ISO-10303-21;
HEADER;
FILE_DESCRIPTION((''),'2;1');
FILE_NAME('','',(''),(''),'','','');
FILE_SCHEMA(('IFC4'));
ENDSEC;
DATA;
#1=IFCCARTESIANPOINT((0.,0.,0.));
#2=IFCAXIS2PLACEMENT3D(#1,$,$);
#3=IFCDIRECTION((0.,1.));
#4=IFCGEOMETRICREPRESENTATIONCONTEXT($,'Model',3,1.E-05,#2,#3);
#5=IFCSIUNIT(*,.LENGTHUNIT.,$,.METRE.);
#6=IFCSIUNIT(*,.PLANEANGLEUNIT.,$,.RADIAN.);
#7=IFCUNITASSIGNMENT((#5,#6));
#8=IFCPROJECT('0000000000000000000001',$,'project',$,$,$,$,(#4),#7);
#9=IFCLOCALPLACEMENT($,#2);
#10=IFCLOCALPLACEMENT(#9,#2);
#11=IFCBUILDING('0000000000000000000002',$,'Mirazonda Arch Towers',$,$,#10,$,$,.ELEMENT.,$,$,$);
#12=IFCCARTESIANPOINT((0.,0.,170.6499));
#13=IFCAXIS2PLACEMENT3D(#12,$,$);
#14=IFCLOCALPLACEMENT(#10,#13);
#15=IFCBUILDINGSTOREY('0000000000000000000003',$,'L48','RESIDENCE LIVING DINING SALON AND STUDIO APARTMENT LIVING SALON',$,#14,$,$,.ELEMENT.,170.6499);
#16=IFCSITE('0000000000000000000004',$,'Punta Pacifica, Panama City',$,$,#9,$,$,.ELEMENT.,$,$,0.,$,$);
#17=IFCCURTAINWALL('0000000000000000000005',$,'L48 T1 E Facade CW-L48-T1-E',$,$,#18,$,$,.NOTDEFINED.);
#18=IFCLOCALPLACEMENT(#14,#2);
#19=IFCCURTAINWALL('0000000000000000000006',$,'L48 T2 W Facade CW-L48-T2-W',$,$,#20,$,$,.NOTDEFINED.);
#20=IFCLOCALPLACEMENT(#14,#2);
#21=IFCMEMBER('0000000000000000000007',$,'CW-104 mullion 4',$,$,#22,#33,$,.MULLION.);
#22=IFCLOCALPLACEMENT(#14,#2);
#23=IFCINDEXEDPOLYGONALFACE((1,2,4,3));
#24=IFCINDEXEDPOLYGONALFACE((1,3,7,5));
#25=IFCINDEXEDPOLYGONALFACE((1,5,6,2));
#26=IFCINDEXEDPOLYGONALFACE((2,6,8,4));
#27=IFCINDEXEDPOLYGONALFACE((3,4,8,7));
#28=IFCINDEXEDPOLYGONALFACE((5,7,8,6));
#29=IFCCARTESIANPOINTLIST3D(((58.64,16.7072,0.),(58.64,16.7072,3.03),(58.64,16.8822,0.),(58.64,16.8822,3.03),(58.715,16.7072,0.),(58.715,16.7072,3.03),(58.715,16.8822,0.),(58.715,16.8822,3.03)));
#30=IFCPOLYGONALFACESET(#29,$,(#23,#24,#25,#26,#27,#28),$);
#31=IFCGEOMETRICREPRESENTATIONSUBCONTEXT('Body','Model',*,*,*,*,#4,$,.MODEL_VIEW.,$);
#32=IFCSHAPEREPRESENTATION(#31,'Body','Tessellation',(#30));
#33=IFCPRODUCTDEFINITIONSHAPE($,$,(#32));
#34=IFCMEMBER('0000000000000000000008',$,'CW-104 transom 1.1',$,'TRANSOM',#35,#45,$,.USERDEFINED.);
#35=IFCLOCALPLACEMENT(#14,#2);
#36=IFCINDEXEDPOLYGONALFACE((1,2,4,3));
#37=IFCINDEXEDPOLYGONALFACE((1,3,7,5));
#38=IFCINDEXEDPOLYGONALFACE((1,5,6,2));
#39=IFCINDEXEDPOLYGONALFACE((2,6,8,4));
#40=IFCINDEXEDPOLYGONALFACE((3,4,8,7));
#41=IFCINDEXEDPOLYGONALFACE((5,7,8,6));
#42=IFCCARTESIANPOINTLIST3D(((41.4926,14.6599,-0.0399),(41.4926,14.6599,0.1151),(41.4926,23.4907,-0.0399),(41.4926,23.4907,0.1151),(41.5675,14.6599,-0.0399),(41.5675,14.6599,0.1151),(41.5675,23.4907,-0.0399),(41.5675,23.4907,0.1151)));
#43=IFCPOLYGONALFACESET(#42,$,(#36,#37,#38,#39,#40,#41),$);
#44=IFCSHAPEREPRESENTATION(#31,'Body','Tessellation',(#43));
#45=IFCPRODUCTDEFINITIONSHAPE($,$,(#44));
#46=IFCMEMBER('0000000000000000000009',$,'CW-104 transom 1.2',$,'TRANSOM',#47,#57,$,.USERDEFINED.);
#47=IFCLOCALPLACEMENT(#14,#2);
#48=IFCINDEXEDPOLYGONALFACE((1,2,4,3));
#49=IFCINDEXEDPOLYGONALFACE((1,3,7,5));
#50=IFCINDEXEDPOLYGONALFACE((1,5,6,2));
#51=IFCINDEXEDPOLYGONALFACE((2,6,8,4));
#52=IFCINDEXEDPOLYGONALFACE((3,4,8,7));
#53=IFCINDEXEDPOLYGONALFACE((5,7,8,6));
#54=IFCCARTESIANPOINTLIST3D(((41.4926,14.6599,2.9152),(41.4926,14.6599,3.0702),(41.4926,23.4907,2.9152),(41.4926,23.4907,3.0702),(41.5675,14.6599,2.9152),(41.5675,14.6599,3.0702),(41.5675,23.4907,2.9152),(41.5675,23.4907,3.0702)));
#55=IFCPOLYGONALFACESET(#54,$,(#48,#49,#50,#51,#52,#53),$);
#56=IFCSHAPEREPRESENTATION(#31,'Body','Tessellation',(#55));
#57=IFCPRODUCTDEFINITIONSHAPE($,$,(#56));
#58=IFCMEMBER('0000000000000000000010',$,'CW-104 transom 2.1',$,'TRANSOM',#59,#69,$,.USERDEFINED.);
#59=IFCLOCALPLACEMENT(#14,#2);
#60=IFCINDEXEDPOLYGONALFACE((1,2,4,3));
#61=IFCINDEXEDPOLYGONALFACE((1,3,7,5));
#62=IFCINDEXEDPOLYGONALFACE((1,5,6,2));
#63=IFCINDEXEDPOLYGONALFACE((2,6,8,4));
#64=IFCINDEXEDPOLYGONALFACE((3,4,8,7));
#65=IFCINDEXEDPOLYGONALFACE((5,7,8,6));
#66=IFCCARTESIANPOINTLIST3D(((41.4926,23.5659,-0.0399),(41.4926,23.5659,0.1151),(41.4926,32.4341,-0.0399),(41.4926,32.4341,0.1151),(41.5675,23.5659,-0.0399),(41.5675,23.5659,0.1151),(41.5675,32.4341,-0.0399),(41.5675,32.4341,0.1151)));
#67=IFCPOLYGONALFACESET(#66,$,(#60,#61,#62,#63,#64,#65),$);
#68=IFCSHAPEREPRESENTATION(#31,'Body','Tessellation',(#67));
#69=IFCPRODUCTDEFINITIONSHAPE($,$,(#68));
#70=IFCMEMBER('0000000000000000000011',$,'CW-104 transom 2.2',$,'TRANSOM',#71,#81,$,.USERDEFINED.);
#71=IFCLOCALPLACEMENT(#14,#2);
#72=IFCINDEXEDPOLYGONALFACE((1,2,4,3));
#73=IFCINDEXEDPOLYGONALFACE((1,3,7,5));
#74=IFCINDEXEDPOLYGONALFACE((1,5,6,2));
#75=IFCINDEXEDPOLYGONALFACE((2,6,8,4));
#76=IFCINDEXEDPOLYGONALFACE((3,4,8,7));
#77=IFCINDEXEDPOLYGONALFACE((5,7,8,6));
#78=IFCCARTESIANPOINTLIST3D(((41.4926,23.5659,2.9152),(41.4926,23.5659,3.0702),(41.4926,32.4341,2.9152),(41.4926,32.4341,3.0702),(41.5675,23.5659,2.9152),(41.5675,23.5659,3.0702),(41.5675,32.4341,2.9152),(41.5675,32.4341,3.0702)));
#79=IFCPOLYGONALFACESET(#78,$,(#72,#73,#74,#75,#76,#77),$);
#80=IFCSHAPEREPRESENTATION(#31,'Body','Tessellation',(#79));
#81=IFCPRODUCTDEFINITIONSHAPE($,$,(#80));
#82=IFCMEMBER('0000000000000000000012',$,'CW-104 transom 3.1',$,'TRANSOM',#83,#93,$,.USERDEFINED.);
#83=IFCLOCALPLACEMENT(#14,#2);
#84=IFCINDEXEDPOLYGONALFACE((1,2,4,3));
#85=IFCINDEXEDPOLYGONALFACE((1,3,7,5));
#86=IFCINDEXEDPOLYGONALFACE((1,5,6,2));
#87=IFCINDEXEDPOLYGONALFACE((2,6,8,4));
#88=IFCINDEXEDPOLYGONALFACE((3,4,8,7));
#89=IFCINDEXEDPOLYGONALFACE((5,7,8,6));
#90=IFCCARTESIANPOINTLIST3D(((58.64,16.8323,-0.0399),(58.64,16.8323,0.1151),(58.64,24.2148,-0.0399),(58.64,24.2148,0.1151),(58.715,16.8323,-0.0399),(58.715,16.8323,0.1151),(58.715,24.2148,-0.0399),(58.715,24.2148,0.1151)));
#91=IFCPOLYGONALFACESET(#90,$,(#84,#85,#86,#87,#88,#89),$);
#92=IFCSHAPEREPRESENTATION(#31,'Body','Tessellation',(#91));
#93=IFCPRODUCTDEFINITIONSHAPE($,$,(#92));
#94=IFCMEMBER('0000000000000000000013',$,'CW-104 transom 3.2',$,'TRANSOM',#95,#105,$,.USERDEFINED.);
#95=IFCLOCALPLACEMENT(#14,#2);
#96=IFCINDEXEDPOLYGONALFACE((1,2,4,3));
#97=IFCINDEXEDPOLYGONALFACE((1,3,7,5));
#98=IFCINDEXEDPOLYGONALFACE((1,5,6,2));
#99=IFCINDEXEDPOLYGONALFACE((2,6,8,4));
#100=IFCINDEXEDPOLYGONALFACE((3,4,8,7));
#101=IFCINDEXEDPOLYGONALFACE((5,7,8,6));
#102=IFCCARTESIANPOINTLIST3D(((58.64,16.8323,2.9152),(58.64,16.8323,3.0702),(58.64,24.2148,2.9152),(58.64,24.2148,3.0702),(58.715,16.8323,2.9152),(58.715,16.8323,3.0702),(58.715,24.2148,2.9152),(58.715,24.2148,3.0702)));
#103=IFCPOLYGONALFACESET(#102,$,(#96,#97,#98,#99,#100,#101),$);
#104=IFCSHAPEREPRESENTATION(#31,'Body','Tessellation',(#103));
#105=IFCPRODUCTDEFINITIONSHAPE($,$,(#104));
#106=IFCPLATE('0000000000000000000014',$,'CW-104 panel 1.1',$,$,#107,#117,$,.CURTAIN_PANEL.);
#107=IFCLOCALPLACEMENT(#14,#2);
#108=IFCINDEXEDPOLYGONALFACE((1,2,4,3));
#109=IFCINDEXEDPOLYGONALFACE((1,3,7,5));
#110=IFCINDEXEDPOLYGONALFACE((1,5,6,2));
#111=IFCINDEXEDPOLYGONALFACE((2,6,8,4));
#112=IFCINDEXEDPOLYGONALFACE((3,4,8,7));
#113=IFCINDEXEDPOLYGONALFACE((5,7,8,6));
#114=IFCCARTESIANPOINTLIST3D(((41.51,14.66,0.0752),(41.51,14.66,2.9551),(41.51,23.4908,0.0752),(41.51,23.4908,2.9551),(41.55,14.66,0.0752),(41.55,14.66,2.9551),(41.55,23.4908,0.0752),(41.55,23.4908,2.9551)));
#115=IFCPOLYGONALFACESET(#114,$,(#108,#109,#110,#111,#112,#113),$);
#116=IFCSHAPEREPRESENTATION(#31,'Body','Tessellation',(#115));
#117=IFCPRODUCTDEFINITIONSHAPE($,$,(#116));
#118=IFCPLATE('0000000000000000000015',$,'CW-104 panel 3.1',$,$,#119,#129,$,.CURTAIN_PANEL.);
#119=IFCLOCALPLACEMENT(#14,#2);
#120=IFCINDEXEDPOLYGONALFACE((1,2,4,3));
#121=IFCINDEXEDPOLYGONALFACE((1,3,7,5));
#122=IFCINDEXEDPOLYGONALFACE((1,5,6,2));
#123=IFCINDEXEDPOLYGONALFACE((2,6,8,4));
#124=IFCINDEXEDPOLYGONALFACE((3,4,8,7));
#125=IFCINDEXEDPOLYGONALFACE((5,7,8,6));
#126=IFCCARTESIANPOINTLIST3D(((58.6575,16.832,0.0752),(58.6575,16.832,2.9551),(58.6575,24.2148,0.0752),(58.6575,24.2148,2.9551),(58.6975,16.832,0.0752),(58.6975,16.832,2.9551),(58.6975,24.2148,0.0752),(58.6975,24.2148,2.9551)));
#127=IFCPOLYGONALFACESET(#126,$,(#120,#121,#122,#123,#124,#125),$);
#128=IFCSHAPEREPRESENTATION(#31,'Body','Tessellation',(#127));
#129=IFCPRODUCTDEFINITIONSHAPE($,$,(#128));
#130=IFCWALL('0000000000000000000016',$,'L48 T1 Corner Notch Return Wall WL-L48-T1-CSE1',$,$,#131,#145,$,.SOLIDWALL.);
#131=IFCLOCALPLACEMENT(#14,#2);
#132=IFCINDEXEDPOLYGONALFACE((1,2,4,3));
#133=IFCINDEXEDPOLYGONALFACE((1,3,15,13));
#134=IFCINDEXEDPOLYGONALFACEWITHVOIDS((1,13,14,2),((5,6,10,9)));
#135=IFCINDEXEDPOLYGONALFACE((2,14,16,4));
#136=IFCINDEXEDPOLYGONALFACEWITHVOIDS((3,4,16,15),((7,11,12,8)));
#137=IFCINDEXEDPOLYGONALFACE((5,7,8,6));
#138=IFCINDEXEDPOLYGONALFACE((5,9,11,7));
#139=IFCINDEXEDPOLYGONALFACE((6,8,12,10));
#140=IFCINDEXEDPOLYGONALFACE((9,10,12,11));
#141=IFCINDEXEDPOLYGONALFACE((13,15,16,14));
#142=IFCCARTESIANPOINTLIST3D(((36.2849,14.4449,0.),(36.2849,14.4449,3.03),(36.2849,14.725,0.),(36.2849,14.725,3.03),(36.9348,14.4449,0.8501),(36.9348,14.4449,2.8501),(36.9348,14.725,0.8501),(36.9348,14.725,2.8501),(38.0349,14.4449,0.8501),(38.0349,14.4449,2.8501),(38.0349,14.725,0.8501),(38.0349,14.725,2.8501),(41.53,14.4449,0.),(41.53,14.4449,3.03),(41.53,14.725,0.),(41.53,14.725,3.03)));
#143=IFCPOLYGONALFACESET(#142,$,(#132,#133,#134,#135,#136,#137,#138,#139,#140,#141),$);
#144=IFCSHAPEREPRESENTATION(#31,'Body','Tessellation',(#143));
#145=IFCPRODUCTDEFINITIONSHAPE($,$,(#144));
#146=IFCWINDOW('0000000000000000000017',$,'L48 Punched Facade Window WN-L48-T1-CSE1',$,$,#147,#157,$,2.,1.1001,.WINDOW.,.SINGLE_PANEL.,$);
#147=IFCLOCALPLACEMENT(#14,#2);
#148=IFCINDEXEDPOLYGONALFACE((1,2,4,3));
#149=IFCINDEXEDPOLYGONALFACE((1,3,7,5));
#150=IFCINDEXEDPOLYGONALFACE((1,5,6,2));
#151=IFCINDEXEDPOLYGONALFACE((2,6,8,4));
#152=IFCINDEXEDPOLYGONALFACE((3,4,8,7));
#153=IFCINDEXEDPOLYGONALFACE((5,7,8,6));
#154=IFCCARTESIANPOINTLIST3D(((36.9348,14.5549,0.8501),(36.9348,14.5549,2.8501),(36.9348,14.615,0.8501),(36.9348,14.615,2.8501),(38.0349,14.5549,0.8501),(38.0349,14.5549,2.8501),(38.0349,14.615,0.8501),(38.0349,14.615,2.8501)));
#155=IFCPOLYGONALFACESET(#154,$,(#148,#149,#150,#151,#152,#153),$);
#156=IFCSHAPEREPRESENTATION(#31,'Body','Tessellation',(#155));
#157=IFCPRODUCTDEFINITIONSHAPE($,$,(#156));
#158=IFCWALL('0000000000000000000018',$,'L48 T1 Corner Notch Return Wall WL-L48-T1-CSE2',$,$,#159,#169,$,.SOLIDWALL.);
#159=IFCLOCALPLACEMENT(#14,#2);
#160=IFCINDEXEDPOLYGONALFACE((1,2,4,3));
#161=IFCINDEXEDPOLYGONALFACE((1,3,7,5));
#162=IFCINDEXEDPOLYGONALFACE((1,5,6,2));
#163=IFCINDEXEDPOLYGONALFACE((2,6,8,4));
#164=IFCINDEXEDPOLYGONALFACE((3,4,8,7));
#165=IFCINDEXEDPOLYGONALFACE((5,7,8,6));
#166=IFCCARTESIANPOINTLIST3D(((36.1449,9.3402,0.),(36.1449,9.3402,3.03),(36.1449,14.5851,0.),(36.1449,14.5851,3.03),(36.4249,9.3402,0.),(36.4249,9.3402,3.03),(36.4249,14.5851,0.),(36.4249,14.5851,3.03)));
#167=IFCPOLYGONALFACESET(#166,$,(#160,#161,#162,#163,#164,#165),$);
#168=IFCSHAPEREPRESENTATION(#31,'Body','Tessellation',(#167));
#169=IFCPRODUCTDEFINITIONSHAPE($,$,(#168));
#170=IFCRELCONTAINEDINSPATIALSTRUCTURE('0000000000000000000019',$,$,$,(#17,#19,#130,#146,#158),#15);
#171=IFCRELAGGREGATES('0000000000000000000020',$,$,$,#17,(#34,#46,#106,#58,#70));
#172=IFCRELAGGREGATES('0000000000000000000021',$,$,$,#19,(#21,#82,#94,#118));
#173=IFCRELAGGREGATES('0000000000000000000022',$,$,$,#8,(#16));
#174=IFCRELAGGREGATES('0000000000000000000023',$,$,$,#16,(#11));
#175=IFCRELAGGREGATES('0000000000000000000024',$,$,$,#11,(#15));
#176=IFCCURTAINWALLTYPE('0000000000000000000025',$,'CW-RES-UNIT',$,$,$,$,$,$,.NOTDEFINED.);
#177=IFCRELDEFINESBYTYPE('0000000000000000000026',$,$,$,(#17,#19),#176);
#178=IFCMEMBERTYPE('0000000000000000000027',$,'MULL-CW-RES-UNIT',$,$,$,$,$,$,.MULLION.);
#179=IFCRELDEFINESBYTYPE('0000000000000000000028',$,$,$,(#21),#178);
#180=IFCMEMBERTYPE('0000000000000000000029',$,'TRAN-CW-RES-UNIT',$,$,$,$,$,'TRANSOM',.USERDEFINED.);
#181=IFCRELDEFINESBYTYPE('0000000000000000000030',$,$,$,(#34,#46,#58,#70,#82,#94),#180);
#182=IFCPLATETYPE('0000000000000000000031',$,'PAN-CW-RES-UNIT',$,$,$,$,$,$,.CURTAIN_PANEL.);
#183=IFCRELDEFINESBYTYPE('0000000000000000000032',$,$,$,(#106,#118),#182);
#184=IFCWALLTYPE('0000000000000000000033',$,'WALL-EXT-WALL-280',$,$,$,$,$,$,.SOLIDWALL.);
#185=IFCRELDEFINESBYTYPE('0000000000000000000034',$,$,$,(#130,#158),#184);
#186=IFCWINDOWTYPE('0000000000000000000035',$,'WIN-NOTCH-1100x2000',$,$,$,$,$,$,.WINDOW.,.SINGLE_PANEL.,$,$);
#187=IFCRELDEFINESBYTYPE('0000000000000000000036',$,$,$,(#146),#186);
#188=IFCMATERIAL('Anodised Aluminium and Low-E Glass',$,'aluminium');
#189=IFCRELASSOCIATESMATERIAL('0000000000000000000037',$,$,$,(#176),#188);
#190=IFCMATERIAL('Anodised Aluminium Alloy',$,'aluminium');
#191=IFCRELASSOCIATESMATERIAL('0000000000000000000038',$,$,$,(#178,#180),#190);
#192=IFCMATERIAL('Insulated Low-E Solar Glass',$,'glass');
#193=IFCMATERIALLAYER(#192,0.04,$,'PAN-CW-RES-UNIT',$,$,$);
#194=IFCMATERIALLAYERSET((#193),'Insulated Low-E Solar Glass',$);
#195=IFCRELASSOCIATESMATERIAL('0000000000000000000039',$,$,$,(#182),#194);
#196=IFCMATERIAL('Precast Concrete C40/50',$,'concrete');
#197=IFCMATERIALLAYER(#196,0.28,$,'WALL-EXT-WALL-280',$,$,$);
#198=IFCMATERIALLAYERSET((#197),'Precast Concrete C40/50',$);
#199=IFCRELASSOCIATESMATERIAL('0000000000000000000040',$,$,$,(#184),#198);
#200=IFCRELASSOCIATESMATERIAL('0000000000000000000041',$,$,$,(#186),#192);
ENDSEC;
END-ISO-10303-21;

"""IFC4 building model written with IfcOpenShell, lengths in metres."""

from ifc_helpers import new_model, si_unit, direction, frame, frame_2d, origin, origin_2d, place, context, subcontext, project, spatial, rectangle, extrude, material, layer, layer_set, material_profile, profile_set, type_object, element, fill, aggregate, save


model = new_model("IFC4")

# Units and contexts
model_context = context("Model", 3, precision=1e-05, world=origin(), true_north=direction((0.0, 1.0)))
body_context = subcontext(model_context, "Body", "Model", "MODEL_VIEW")
ifc_project = project(units=[si_unit("LENGTHUNIT", "METRE"), si_unit("PLANEANGLEUNIT", "RADIAN")], contexts=[model_context])

# Site, building, storey
site_placement = place(None, origin())
site = spatial("IfcSite", under=ifc_project, at=site_placement, Name="Punta Pacifica, Panama City", CompositionType="ELEMENT", RefElevation=0.0)
building_placement = place(site_placement, origin())
building = spatial("IfcBuilding", under=site, at=building_placement, Name="Mirazonda Arch Towers", CompositionType="ELEMENT")
storey_placement = place(building_placement, frame((0.0, 0.0, 170.6499)))
storey = spatial("IfcBuildingStorey", under=building, at=storey_placement, Name="L48", Description="RESIDENCE LIVING DINING SALON AND STUDIO APARTMENT LIVING SALON", CompositionType="ELEMENT", Elevation=170.6499)

# Shared definitions
ifc_material_1 = material(Name="Anodised Aluminium and Low-E Glass", Category="aluminium")
curtain_wall_type = type_object("IfcCurtainWallType", Name="CW-RES-UNIT", PredefinedType="NOTDEFINED", material=ifc_material_1)
ifc_material_2 = material(Name="Anodised Aluminium Alloy", Category="aluminium")
ifc_material_profile_1 = material_profile(ifc_material_2, rectangle(XDim=0.075, YDim=0.175, at=origin_2d()), Name="ALU-MULL-75x175")
ifc_profile_set_1 = profile_set([ifc_material_profile_1], Name="Anodised Aluminium Alloy")
member_type_1 = type_object("IfcMemberType", Name="MULL-CW-RES-UNIT", PredefinedType="MULLION", material=ifc_profile_set_1)

# Curtain walls, member
curtain_wall_1_placement = place(storey_placement, origin())
curtain_wall_1 = element("IfcCurtainWall", 1, at=curtain_wall_1_placement, inside=storey, type_object=curtain_wall_type, Name="L48 T1 E Facade CW-L48-T1-E", PredefinedType="NOTDEFINED")
curtain_wall_2_placement = place(storey_placement, origin())
curtain_wall_2 = element("IfcCurtainWall", 2, at=curtain_wall_2_placement, inside=storey, type_object=curtain_wall_type, Name="L48 T2 W Facade CW-L48-T2-W", PredefinedType="NOTDEFINED")
member_1_placement = place(storey_placement, frame((58.6775, 16.7947, 0.0), z_axis=(0.0, 0.0, 1.0), x_axis=(1.0, 0.0, 0.0)))
member_1 = element("IfcMember", 3, at=member_1_placement, type_object=member_type_1, Name="CW-104 mullion 4", PredefinedType="MULLION", context=body_context, shape_type="SweptSolid", body=[
    extrude(rectangle(XDim=0.075, YDim=0.175, at=origin_2d()), origin(), (0.0, 0.0, 1.0), 3.03),
])

# Members
ifc_material_profile_2 = material_profile(ifc_material_2, rectangle(XDim=0.075, YDim=0.155, at=origin_2d()), Name="ALU-TRAN-75x155")
ifc_profile_set_2 = profile_set([ifc_material_profile_2], Name="Anodised Aluminium Alloy")
member_type_2 = type_object("IfcMemberType", Name="TRAN-CW-RES-UNIT", ElementType="TRANSOM", PredefinedType="USERDEFINED", material=ifc_profile_set_2)
member_2_placement = place(storey_placement, frame((41.53, 14.6599, 0.0376), z_axis=(0.0, 1.0, 0.0), x_axis=(-1.0, 0.0, 0.0)))
member_2 = element("IfcMember", 4, at=member_2_placement, type_object=member_type_2, Name="CW-104 transom 1.1", ObjectType="TRANSOM", PredefinedType="USERDEFINED", context=body_context, shape_type="SweptSolid", body=[
    extrude(rectangle(XDim=0.075, YDim=0.155, at=origin_2d()), origin(), (0.0, 0.0, 1.0), 8.8308),
])
member_3_placement = place(storey_placement, frame((41.53, 14.6599, 2.9927), z_axis=(0.0, 1.0, 0.0), x_axis=(-1.0, 0.0, 0.0)))
member_3 = element("IfcMember", 5, at=member_3_placement, type_object=member_type_2, Name="CW-104 transom 1.2", ObjectType="TRANSOM", PredefinedType="USERDEFINED", context=body_context, shape_type="SweptSolid", body=[
    extrude(rectangle(XDim=0.075, YDim=0.155, at=origin_2d()), origin(), (0.0, 0.0, 1.0), 8.8308),
])
member_4_placement = place(storey_placement, frame((41.53, 23.5659, 0.0376), z_axis=(0.0, 1.0, 0.0), x_axis=(-1.0, 0.0, 0.0)))
member_4 = element("IfcMember", 6, at=member_4_placement, type_object=member_type_2, Name="CW-104 transom 2.1", ObjectType="TRANSOM", PredefinedType="USERDEFINED", context=body_context, shape_type="SweptSolid", body=[
    extrude(rectangle(XDim=0.075, YDim=0.155, at=origin_2d()), origin(), (0.0, 0.0, 1.0), 8.8682),
])
member_5_placement = place(storey_placement, frame((41.53, 23.5659, 2.9927), z_axis=(0.0, 1.0, 0.0), x_axis=(-1.0, 0.0, 0.0)))
member_5 = element("IfcMember", 7, at=member_5_placement, type_object=member_type_2, Name="CW-104 transom 2.2", ObjectType="TRANSOM", PredefinedType="USERDEFINED", context=body_context, shape_type="SweptSolid", body=[
    extrude(rectangle(XDim=0.075, YDim=0.155, at=origin_2d()), origin(), (0.0, 0.0, 1.0), 8.8682),
])
member_6_placement = place(storey_placement, frame((58.6775, 24.2148, 0.0376), z_axis=(0.0, -1.0, 0.0), x_axis=(1.0, 0.0, 0.0)))
member_6 = element("IfcMember", 8, at=member_6_placement, type_object=member_type_2, Name="CW-104 transom 3.1", ObjectType="TRANSOM", PredefinedType="USERDEFINED", context=body_context, shape_type="SweptSolid", body=[
    extrude(rectangle(XDim=0.075, YDim=0.155, at=origin_2d()), origin(), (0.0, 0.0, 1.0), 7.3826),
])
member_7_placement = place(storey_placement, frame((58.6775, 24.2148, 2.9927), z_axis=(0.0, -1.0, 0.0), x_axis=(1.0, 0.0, 0.0)))
member_7 = element("IfcMember", 9, at=member_7_placement, type_object=member_type_2, Name="CW-104 transom 3.2", ObjectType="TRANSOM", PredefinedType="USERDEFINED", context=body_context, shape_type="SweptSolid", body=[
    extrude(rectangle(XDim=0.075, YDim=0.155, at=origin_2d()), origin(), (0.0, 0.0, 1.0), 7.3826),
])

# Plates
ifc_material_3 = material(Name="Insulated Low-E Solar Glass", Category="glass")
ifc_layer_1 = layer(ifc_material_3, 0.04, Name="PAN-CW-RES-UNIT")
ifc_layer_set_1 = layer_set([ifc_layer_1], Name="Insulated Low-E Solar Glass")
plate_type = type_object("IfcPlateType", Name="PAN-CW-RES-UNIT", PredefinedType="CURTAIN_PANEL", material=ifc_layer_set_1)
plate_1_placement = place(storey_placement, frame((41.53, 19.0754, 0.0752), z_axis=(0.0, 0.0, 1.0), x_axis=(0.0, 1.0, 0.0)))
plate_1 = element("IfcPlate", 10, at=plate_1_placement, type_object=plate_type, Name="CW-104 panel 1.1", PredefinedType="CURTAIN_PANEL", context=body_context, shape_type="SweptSolid", body=[
    extrude(rectangle(XDim=8.8308, YDim=0.04, at=origin_2d()), origin(), (0.0, 0.0, 1.0), 2.8799),
])
aggregate(curtain_wall_1, [member_2, member_3, plate_1, member_4, member_5])
plate_2_placement = place(storey_placement, frame((58.6775, 20.5234, 0.0752), z_axis=(0.0, 0.0, 1.0), x_axis=(0.0, -1.0, 0.0)))
plate_2 = element("IfcPlate", 11, at=plate_2_placement, type_object=plate_type, Name="CW-104 panel 3.1", PredefinedType="CURTAIN_PANEL", context=body_context, shape_type="SweptSolid", body=[
    extrude(rectangle(XDim=7.3828, YDim=0.04, at=origin_2d()), origin(), (0.0, 0.0, 1.0), 2.8799),
])
aggregate(curtain_wall_2, [member_1, member_6, member_7, plate_2])

# Wall, opening, window
ifc_material_4 = material(Name="Precast Concrete C40/50", Category="concrete")
ifc_layer_2 = layer(ifc_material_4, 0.28, Name="WALL-EXT-WALL-280")
ifc_layer_set_2 = layer_set([ifc_layer_2], Name="Precast Concrete C40/50")
wall_type_1 = type_object("IfcWallType", Name="WALL-EXT-WALL-280", PredefinedType="SOLIDWALL", material=ifc_layer_set_2)
wall_1_placement = place(storey_placement, frame((36.2849, 14.585, 0.0), z_axis=(0.0, 0.0, 1.0), x_axis=(1.0, 0.0, 0.0)))
wall_1 = element("IfcWall", 12, at=wall_1_placement, inside=storey, type_object=wall_type_1, Name="L48 T1 Corner Notch Return Wall WL-L48-T1-CSE1", PredefinedType="SOLIDWALL", context=body_context, shape_type="SweptSolid", body=[
    extrude(rectangle(XDim=5.2451, YDim=0.28, at=frame_2d((2.6226, 0.0))), origin(), (0.0, 0.0, 1.0), 3.03),
])
opening_1_placement = place(wall_1_placement, frame((0.6499, 0.0, 0.8501)))
opening_1 = element("IfcOpeningElement", 13, at=opening_1_placement, cuts=wall_1, PredefinedType="OPENING", context=body_context, shape_type="SweptSolid", body=[
    extrude(rectangle(XDim=1.1001, YDim=2.0, at=frame_2d((0.55, 1.0))), frame((0.0, 0.1499, 0.0), z_axis=(0.0, -1.0, 0.0), x_axis=(1.0, 0.0, 0.0)), (0.0, 0.0, 1.0), 0.3),
])
window_type_1 = type_object("IfcWindowType", Name="WIN-NOTCH-1100x2000", PartitioningType="SINGLE_PANEL", PredefinedType="WINDOW", material=ifc_material_3)
window_1_placement = place(opening_1_placement, origin())
window_1 = element("IfcWindow", 14, at=window_1_placement, inside=storey, type_object=window_type_1, Name="L48 Punched Facade Window WN-L48-T1-CSE1", OverallHeight=2.0, OverallWidth=1.1001, PartitioningType="SINGLE_PANEL", PredefinedType="WINDOW", context=body_context, shape_type="SweptSolid", body=[
    extrude(rectangle(XDim=1.1001, YDim=2.0, at=frame_2d((0.55, 1.0))), frame((0.0, 0.03, 0.0), z_axis=(0.0, -1.0, 0.0), x_axis=(1.0, 0.0, 0.0)), (0.0, 0.0, 1.0), 0.0601),
])
fill(opening_1, window_1)

# Wall
wall_2_placement = place(storey_placement, frame((36.2849, 9.3401, 0.0), z_axis=(0.0, 0.0, 1.0), x_axis=(0.0, 1.0, 0.0)))
element("IfcWall", 15, at=wall_2_placement, inside=storey, type_object=wall_type_1, Name="L48 T1 Corner Notch Return Wall WL-L48-T1-CSE2", PredefinedType="SOLIDWALL", context=body_context, shape_type="SweptSolid", body=[
    extrude(rectangle(XDim=5.2449, YDim=0.28, at=frame_2d((2.6226, 0.0))), origin(), (0.0, 0.0, 1.0), 3.03),
])

save(model, "model.ifc")
